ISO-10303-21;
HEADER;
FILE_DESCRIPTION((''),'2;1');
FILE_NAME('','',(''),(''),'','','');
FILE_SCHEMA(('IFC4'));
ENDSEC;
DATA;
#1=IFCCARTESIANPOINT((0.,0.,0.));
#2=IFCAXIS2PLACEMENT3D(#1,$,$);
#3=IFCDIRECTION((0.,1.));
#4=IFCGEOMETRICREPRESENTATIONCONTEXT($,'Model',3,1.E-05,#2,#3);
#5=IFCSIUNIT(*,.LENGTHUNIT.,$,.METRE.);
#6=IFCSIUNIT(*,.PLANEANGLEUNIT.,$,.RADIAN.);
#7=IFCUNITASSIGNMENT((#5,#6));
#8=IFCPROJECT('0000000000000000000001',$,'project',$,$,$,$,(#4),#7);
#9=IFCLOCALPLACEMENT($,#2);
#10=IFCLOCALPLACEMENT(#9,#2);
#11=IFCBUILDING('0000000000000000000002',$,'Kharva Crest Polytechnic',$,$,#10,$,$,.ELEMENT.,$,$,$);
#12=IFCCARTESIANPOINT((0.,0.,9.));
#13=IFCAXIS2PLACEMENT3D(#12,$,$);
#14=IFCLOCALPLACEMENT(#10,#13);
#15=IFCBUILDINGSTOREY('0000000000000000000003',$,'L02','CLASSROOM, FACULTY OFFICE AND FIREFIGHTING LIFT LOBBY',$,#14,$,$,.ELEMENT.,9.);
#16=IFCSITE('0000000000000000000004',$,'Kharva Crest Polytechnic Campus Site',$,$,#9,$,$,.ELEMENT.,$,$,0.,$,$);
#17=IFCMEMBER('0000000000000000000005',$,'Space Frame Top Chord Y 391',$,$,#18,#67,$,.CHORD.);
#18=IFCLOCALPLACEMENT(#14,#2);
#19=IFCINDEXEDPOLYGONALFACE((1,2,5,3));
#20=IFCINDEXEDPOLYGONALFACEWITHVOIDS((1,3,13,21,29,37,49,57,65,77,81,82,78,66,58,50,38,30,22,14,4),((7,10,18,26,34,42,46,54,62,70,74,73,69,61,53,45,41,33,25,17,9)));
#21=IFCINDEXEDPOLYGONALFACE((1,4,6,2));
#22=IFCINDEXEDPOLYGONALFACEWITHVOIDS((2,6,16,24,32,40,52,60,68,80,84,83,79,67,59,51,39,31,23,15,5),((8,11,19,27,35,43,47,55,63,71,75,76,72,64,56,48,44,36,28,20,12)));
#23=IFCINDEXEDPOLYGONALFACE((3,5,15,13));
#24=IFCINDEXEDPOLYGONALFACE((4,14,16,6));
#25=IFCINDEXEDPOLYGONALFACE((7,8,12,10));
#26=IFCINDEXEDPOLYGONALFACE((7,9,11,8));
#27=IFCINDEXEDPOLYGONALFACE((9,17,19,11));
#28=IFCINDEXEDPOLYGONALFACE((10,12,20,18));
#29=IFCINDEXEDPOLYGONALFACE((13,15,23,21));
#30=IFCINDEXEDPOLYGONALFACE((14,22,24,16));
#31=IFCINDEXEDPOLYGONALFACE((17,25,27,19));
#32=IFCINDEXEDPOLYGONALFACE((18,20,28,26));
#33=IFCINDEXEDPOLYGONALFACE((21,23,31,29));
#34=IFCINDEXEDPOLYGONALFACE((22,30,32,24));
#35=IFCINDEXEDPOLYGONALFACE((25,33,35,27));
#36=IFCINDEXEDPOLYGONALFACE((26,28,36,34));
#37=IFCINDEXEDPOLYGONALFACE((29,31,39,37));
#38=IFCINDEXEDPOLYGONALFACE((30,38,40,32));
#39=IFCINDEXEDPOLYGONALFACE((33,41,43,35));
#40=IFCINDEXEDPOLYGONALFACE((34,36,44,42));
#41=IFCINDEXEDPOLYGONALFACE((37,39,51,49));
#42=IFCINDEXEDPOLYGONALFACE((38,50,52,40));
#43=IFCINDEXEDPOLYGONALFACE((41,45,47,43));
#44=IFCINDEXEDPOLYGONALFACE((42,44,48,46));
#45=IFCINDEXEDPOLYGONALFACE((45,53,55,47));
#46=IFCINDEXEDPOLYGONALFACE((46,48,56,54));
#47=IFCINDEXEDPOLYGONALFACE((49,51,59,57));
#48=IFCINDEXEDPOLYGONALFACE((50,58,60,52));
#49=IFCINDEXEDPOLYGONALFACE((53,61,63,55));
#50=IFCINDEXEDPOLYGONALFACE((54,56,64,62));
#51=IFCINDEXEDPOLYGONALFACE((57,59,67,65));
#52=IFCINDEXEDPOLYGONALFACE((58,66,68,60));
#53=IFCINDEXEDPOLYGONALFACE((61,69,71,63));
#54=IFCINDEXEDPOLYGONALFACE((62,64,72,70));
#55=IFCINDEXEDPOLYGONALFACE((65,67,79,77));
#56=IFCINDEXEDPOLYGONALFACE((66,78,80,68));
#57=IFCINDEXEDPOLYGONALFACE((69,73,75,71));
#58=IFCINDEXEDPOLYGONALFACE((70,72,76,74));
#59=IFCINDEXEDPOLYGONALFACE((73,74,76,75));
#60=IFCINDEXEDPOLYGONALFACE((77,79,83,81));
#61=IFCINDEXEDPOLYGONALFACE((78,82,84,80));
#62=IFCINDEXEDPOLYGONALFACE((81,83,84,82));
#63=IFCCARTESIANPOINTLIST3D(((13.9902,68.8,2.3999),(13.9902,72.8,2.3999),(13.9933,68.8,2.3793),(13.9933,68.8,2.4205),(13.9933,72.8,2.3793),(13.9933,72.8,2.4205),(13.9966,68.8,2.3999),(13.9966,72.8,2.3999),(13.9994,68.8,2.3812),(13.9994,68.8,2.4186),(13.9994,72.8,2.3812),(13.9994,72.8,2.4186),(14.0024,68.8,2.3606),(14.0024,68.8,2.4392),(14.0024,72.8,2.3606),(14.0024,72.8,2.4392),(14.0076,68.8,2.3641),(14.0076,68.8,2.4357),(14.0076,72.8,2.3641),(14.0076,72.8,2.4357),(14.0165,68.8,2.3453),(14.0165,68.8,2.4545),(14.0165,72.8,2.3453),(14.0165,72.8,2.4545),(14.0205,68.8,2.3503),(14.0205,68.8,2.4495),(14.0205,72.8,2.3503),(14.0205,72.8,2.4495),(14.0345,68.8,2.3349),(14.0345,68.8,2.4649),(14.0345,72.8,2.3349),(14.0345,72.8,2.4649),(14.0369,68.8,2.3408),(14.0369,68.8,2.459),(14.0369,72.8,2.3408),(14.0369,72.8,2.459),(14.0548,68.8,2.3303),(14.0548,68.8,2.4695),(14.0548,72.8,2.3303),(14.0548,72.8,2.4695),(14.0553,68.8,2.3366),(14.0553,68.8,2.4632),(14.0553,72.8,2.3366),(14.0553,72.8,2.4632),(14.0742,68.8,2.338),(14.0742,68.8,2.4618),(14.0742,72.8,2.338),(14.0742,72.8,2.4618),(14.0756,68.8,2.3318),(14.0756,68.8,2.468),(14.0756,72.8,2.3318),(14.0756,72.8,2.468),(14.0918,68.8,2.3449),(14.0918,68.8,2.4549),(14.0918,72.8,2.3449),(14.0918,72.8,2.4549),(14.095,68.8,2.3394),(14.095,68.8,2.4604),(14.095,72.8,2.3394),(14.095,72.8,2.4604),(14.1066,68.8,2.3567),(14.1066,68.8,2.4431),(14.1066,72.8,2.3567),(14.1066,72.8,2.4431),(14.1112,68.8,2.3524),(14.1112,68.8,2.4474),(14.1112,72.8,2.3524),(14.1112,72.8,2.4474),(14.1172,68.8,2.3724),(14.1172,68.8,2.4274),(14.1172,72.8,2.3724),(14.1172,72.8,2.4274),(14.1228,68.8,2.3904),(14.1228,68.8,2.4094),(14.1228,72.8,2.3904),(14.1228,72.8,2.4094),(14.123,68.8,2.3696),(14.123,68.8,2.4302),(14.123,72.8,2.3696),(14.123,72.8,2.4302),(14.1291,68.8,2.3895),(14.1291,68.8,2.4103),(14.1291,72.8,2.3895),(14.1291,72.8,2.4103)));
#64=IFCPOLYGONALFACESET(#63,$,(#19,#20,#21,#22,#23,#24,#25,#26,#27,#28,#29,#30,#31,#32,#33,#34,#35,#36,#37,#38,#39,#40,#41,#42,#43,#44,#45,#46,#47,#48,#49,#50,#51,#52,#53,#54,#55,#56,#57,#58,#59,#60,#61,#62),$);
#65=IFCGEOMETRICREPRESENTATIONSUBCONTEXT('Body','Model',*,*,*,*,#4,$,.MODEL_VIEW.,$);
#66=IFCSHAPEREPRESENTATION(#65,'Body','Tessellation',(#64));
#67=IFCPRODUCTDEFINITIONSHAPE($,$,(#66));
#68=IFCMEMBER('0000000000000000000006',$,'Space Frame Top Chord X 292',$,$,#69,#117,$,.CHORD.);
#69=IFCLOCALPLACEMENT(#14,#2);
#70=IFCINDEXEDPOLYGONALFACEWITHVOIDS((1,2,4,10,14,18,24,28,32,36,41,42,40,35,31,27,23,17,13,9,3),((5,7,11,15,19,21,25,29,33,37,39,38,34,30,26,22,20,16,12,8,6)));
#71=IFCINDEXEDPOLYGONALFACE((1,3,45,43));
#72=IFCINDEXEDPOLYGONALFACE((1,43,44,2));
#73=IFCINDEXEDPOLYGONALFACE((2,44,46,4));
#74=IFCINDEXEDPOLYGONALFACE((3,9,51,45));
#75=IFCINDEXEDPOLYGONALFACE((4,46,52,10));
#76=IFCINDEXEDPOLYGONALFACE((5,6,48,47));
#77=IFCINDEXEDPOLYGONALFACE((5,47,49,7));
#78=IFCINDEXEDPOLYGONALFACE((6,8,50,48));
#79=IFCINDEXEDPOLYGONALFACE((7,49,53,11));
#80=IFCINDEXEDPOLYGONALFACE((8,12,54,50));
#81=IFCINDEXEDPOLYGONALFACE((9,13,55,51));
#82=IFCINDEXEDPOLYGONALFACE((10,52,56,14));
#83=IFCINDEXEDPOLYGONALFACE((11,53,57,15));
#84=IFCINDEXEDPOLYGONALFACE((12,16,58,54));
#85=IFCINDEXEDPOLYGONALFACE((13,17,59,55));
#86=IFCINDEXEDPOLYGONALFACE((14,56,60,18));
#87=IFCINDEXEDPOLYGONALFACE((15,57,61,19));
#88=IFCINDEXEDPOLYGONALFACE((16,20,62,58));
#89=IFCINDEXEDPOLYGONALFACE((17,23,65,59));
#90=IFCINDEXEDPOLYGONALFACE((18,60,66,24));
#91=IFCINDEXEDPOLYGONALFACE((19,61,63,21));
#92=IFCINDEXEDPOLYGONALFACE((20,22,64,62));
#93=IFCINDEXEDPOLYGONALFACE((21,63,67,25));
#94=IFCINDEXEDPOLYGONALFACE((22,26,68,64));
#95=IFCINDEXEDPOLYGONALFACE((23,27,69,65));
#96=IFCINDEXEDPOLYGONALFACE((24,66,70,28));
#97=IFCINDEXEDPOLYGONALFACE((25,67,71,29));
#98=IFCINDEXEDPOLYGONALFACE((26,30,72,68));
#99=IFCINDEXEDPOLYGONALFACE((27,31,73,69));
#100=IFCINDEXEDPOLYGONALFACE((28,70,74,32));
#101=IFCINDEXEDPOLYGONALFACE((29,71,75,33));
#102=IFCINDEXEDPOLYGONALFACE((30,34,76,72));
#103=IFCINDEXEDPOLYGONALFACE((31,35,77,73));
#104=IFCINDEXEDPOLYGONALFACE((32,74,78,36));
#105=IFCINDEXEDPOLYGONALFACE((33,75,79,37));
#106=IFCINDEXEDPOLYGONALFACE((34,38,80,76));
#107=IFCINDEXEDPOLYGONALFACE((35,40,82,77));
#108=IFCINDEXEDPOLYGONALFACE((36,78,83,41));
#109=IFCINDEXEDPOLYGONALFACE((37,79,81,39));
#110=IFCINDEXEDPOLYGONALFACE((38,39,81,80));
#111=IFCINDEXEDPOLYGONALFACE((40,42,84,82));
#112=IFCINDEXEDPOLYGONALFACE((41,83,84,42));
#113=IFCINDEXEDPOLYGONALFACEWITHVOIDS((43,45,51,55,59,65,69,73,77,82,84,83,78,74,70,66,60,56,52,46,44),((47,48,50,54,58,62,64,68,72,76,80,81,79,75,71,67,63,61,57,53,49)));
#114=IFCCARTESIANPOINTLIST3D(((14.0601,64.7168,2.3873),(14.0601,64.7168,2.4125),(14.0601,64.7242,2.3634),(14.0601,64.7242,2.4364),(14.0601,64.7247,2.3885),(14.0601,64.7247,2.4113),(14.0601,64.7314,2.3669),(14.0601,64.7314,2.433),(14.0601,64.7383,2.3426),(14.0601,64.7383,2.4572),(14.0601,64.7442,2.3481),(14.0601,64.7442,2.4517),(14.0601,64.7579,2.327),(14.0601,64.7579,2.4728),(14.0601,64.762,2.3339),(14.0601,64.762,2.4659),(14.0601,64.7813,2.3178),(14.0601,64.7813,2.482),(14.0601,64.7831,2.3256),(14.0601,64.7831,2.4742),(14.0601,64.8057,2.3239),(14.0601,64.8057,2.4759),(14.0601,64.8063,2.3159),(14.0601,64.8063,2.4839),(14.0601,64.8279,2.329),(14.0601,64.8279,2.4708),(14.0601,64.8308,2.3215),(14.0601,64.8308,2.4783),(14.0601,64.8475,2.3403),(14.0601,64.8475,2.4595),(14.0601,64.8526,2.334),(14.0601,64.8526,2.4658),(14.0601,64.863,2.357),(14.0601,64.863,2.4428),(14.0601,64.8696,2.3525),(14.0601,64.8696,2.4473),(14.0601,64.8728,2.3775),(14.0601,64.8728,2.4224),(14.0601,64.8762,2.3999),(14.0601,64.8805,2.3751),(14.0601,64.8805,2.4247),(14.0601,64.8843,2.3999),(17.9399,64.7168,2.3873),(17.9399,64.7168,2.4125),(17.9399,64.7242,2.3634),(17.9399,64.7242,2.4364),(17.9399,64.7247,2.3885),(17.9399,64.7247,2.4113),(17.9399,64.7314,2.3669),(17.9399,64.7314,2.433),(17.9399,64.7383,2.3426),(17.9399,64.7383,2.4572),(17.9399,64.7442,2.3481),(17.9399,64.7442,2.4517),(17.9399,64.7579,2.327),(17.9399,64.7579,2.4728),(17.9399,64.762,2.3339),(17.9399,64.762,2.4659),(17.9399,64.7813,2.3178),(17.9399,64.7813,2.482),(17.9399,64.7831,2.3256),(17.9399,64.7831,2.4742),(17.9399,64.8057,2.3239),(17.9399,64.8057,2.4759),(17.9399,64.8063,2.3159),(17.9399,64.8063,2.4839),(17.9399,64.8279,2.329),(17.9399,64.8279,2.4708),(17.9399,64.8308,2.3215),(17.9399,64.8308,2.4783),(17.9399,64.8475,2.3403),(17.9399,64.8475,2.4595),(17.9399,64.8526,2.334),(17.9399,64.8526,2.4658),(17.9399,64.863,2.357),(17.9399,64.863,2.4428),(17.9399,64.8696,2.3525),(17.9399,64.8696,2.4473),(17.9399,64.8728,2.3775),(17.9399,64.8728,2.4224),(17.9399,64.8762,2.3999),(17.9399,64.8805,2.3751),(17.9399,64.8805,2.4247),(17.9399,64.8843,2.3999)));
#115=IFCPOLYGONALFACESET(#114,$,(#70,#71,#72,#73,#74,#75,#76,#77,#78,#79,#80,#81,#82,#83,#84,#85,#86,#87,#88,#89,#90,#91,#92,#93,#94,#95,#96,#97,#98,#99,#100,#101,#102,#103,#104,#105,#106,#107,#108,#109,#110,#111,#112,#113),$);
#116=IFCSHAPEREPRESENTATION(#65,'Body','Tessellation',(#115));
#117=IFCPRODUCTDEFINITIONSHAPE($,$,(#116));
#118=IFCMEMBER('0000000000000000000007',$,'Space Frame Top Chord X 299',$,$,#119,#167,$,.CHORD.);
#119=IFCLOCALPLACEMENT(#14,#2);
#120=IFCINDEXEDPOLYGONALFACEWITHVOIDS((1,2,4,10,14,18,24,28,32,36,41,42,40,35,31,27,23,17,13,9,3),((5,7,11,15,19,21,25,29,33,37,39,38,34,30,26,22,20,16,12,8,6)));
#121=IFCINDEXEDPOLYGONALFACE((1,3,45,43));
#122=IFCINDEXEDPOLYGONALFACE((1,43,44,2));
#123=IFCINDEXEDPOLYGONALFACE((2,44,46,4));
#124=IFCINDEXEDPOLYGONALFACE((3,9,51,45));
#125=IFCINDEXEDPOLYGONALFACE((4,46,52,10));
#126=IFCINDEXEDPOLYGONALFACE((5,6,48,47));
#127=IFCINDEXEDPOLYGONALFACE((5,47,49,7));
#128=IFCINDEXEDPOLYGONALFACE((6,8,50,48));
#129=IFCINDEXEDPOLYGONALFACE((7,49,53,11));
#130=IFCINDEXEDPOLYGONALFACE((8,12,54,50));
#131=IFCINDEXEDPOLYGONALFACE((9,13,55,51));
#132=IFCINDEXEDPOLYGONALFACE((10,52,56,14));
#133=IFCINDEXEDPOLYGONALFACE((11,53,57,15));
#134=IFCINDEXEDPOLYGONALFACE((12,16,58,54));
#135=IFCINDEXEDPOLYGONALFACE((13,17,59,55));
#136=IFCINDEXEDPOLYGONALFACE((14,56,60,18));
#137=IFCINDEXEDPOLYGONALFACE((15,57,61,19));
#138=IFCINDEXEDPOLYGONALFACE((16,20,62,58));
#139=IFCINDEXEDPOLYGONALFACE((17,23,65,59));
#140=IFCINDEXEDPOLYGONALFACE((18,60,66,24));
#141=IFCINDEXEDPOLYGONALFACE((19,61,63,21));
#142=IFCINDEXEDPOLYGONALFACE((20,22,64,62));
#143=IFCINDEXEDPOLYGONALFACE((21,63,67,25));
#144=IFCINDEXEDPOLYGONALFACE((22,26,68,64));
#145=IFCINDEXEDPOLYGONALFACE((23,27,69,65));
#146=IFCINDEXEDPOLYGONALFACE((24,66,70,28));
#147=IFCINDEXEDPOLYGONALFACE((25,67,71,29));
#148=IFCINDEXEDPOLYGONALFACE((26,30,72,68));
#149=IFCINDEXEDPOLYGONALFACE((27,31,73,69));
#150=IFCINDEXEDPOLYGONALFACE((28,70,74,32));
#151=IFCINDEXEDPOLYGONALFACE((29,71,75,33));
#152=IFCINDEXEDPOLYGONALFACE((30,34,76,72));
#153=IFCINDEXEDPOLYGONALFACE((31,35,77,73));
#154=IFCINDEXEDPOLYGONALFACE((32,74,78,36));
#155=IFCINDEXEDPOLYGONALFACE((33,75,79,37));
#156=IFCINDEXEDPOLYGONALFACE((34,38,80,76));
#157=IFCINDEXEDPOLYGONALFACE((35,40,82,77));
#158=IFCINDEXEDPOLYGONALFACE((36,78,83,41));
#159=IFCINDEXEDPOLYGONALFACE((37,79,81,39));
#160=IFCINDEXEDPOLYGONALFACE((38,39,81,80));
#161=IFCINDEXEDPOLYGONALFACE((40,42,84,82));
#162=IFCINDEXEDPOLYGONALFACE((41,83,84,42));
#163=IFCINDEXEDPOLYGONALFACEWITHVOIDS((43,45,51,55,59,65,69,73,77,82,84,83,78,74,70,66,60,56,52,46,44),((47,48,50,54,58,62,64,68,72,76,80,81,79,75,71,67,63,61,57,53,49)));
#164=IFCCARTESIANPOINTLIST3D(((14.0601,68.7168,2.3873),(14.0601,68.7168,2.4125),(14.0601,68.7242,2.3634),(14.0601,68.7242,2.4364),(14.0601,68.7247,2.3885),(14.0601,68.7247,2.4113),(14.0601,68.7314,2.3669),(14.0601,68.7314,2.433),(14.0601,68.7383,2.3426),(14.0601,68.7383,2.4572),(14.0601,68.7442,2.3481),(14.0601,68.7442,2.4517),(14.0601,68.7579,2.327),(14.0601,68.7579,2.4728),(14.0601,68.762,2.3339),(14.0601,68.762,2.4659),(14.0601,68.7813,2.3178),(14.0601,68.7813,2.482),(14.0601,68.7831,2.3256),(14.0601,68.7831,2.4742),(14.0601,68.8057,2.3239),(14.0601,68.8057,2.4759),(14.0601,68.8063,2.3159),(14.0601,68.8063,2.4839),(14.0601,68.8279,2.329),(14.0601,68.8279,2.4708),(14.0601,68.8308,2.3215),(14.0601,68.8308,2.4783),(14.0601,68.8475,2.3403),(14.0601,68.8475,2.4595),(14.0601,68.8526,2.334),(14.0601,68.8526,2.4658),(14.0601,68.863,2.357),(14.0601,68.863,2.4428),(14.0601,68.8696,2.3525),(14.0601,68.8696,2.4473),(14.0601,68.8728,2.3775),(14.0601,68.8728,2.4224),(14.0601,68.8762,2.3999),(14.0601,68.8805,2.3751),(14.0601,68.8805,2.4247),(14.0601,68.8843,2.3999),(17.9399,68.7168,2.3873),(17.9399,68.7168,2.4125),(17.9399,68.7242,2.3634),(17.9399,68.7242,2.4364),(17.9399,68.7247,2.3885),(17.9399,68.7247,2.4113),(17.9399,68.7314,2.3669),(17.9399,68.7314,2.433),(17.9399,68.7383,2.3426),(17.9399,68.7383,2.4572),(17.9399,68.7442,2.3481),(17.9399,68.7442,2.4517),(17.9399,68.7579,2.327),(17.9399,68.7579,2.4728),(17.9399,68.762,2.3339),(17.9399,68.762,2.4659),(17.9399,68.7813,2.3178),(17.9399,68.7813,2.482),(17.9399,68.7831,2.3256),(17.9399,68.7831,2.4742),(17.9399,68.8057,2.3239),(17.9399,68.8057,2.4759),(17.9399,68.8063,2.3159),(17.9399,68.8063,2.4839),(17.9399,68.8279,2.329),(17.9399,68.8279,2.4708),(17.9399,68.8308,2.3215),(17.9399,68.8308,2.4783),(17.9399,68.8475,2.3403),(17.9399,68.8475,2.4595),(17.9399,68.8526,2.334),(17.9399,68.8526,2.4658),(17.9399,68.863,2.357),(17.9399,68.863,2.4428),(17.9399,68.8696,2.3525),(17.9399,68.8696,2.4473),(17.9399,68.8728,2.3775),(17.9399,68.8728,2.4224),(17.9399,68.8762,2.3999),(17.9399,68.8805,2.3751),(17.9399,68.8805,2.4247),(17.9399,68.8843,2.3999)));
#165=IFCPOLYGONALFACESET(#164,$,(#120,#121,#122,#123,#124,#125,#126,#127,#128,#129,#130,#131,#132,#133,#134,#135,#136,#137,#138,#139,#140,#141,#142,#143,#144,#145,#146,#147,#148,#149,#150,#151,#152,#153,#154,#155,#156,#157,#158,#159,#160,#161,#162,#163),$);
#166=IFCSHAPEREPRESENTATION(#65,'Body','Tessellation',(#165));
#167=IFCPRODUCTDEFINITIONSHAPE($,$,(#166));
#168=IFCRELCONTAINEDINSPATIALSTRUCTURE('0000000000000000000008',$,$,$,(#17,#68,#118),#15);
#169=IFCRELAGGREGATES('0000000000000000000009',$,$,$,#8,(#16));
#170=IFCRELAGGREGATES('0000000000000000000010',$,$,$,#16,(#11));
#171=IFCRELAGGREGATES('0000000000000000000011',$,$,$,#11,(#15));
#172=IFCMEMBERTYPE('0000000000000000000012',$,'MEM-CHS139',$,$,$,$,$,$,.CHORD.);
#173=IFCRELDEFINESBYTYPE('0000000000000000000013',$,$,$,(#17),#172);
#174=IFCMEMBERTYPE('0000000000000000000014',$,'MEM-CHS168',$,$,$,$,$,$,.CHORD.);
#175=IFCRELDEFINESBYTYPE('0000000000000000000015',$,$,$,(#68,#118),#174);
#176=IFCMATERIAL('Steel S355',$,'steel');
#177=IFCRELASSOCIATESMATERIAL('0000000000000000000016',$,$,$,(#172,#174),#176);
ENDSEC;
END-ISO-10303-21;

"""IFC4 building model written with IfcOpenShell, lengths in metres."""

from ifc_helpers import new_model, si_unit, direction, frame, origin, origin_2d, place, context, subcontext, project, spatial, hollow_circle, extrude, material, material_profile, profile_set, type_object, element, save


model = new_model("IFC4")

# Units and contexts
model_context = context("Model", 3, precision=1e-05, world=origin(), true_north=direction((0.0, 1.0)))
body_context = subcontext(model_context, "Body", "Model", "MODEL_VIEW")
ifc_project = project(units=[si_unit("LENGTHUNIT", "METRE"), si_unit("PLANEANGLEUNIT", "RADIAN")], contexts=[model_context])

# Site, building, storey
site_placement = place(None, origin())
site = spatial("IfcSite", under=ifc_project, at=site_placement, Name="Kharva Crest Polytechnic Campus Site", CompositionType="ELEMENT", RefElevation=0.0)
building_placement = place(site_placement, origin())
building = spatial("IfcBuilding", under=site, at=building_placement, Name="Kharva Crest Polytechnic", CompositionType="ELEMENT")
storey_placement = place(building_placement, frame((0.0, 0.0, 9.0)))
storey = spatial("IfcBuildingStorey", under=building, at=storey_placement, Name="L02", Description="CLASSROOM, FACULTY OFFICE AND FIREFIGHTING LIFT LOBBY", CompositionType="ELEMENT", Elevation=9.0)

# Shared definitions
ifc_material_1 = material(Name="Steel S355", Category="steel")

# Members
ifc_material_profile_1 = material_profile(ifc_material_1, hollow_circle(Radius=0.0698, WallThickness=0.0063, at=origin_2d()), Name="CHS 139.7X6.3")
ifc_profile_set_1 = profile_set([ifc_material_profile_1], Name="Steel S355")
member_type_1 = type_object("IfcMemberType", Name="MEM-CHS139", PredefinedType="CHORD", material=ifc_profile_set_1)
for number, where, z_axis, x_axis, name in (
    (1, (14.0601, 68.8, 2.3999), (0.0, 1.0, 0.0), (-1.0, 0.0, 0.0), "Space Frame Top Chord Y 391"),
):
    element("IfcMember", number, at=place(storey_placement, frame(where, z_axis=z_axis, x_axis=x_axis)), inside=storey, type_object=member_type_1, Name=name, PredefinedType="CHORD", context=body_context, shape_type="SweptSolid", body=[
        extrude(hollow_circle(Radius=0.0698, WallThickness=0.0063, at=origin_2d()), origin(), (0.0, 0.0, 1.0), 4.0),
    ])
ifc_material_profile_2 = material_profile(ifc_material_1, hollow_circle(Radius=0.0842, WallThickness=0.0081, at=origin_2d()), Name="CHS 168.3X8.0")
ifc_profile_set_2 = profile_set([ifc_material_profile_2], Name="Steel S355")
member_type_2 = type_object("IfcMemberType", Name="MEM-CHS168", PredefinedType="CHORD", material=ifc_profile_set_2)
for number, where, z_axis, x_axis, name in (
    (2, (14.0601, 64.8, 2.3999), (1.0, 0.0, 0.0), (0.0, 1.0, 0.0), "Space Frame Top Chord X 292"),
    (3, (14.0601, 68.8, 2.3999), (1.0, 0.0, 0.0), (0.0, 1.0, 0.0), "Space Frame Top Chord X 299"),
):
    element("IfcMember", number, at=place(storey_placement, frame(where, z_axis=z_axis, x_axis=x_axis)), inside=storey, type_object=member_type_2, Name=name, PredefinedType="CHORD", context=body_context, shape_type="SweptSolid", body=[
        extrude(hollow_circle(Radius=0.0842, WallThickness=0.0081, at=origin_2d()), origin(), (0.0, 0.0, 1.0), 3.8799),
    ])

save(model, "model.ifc")
